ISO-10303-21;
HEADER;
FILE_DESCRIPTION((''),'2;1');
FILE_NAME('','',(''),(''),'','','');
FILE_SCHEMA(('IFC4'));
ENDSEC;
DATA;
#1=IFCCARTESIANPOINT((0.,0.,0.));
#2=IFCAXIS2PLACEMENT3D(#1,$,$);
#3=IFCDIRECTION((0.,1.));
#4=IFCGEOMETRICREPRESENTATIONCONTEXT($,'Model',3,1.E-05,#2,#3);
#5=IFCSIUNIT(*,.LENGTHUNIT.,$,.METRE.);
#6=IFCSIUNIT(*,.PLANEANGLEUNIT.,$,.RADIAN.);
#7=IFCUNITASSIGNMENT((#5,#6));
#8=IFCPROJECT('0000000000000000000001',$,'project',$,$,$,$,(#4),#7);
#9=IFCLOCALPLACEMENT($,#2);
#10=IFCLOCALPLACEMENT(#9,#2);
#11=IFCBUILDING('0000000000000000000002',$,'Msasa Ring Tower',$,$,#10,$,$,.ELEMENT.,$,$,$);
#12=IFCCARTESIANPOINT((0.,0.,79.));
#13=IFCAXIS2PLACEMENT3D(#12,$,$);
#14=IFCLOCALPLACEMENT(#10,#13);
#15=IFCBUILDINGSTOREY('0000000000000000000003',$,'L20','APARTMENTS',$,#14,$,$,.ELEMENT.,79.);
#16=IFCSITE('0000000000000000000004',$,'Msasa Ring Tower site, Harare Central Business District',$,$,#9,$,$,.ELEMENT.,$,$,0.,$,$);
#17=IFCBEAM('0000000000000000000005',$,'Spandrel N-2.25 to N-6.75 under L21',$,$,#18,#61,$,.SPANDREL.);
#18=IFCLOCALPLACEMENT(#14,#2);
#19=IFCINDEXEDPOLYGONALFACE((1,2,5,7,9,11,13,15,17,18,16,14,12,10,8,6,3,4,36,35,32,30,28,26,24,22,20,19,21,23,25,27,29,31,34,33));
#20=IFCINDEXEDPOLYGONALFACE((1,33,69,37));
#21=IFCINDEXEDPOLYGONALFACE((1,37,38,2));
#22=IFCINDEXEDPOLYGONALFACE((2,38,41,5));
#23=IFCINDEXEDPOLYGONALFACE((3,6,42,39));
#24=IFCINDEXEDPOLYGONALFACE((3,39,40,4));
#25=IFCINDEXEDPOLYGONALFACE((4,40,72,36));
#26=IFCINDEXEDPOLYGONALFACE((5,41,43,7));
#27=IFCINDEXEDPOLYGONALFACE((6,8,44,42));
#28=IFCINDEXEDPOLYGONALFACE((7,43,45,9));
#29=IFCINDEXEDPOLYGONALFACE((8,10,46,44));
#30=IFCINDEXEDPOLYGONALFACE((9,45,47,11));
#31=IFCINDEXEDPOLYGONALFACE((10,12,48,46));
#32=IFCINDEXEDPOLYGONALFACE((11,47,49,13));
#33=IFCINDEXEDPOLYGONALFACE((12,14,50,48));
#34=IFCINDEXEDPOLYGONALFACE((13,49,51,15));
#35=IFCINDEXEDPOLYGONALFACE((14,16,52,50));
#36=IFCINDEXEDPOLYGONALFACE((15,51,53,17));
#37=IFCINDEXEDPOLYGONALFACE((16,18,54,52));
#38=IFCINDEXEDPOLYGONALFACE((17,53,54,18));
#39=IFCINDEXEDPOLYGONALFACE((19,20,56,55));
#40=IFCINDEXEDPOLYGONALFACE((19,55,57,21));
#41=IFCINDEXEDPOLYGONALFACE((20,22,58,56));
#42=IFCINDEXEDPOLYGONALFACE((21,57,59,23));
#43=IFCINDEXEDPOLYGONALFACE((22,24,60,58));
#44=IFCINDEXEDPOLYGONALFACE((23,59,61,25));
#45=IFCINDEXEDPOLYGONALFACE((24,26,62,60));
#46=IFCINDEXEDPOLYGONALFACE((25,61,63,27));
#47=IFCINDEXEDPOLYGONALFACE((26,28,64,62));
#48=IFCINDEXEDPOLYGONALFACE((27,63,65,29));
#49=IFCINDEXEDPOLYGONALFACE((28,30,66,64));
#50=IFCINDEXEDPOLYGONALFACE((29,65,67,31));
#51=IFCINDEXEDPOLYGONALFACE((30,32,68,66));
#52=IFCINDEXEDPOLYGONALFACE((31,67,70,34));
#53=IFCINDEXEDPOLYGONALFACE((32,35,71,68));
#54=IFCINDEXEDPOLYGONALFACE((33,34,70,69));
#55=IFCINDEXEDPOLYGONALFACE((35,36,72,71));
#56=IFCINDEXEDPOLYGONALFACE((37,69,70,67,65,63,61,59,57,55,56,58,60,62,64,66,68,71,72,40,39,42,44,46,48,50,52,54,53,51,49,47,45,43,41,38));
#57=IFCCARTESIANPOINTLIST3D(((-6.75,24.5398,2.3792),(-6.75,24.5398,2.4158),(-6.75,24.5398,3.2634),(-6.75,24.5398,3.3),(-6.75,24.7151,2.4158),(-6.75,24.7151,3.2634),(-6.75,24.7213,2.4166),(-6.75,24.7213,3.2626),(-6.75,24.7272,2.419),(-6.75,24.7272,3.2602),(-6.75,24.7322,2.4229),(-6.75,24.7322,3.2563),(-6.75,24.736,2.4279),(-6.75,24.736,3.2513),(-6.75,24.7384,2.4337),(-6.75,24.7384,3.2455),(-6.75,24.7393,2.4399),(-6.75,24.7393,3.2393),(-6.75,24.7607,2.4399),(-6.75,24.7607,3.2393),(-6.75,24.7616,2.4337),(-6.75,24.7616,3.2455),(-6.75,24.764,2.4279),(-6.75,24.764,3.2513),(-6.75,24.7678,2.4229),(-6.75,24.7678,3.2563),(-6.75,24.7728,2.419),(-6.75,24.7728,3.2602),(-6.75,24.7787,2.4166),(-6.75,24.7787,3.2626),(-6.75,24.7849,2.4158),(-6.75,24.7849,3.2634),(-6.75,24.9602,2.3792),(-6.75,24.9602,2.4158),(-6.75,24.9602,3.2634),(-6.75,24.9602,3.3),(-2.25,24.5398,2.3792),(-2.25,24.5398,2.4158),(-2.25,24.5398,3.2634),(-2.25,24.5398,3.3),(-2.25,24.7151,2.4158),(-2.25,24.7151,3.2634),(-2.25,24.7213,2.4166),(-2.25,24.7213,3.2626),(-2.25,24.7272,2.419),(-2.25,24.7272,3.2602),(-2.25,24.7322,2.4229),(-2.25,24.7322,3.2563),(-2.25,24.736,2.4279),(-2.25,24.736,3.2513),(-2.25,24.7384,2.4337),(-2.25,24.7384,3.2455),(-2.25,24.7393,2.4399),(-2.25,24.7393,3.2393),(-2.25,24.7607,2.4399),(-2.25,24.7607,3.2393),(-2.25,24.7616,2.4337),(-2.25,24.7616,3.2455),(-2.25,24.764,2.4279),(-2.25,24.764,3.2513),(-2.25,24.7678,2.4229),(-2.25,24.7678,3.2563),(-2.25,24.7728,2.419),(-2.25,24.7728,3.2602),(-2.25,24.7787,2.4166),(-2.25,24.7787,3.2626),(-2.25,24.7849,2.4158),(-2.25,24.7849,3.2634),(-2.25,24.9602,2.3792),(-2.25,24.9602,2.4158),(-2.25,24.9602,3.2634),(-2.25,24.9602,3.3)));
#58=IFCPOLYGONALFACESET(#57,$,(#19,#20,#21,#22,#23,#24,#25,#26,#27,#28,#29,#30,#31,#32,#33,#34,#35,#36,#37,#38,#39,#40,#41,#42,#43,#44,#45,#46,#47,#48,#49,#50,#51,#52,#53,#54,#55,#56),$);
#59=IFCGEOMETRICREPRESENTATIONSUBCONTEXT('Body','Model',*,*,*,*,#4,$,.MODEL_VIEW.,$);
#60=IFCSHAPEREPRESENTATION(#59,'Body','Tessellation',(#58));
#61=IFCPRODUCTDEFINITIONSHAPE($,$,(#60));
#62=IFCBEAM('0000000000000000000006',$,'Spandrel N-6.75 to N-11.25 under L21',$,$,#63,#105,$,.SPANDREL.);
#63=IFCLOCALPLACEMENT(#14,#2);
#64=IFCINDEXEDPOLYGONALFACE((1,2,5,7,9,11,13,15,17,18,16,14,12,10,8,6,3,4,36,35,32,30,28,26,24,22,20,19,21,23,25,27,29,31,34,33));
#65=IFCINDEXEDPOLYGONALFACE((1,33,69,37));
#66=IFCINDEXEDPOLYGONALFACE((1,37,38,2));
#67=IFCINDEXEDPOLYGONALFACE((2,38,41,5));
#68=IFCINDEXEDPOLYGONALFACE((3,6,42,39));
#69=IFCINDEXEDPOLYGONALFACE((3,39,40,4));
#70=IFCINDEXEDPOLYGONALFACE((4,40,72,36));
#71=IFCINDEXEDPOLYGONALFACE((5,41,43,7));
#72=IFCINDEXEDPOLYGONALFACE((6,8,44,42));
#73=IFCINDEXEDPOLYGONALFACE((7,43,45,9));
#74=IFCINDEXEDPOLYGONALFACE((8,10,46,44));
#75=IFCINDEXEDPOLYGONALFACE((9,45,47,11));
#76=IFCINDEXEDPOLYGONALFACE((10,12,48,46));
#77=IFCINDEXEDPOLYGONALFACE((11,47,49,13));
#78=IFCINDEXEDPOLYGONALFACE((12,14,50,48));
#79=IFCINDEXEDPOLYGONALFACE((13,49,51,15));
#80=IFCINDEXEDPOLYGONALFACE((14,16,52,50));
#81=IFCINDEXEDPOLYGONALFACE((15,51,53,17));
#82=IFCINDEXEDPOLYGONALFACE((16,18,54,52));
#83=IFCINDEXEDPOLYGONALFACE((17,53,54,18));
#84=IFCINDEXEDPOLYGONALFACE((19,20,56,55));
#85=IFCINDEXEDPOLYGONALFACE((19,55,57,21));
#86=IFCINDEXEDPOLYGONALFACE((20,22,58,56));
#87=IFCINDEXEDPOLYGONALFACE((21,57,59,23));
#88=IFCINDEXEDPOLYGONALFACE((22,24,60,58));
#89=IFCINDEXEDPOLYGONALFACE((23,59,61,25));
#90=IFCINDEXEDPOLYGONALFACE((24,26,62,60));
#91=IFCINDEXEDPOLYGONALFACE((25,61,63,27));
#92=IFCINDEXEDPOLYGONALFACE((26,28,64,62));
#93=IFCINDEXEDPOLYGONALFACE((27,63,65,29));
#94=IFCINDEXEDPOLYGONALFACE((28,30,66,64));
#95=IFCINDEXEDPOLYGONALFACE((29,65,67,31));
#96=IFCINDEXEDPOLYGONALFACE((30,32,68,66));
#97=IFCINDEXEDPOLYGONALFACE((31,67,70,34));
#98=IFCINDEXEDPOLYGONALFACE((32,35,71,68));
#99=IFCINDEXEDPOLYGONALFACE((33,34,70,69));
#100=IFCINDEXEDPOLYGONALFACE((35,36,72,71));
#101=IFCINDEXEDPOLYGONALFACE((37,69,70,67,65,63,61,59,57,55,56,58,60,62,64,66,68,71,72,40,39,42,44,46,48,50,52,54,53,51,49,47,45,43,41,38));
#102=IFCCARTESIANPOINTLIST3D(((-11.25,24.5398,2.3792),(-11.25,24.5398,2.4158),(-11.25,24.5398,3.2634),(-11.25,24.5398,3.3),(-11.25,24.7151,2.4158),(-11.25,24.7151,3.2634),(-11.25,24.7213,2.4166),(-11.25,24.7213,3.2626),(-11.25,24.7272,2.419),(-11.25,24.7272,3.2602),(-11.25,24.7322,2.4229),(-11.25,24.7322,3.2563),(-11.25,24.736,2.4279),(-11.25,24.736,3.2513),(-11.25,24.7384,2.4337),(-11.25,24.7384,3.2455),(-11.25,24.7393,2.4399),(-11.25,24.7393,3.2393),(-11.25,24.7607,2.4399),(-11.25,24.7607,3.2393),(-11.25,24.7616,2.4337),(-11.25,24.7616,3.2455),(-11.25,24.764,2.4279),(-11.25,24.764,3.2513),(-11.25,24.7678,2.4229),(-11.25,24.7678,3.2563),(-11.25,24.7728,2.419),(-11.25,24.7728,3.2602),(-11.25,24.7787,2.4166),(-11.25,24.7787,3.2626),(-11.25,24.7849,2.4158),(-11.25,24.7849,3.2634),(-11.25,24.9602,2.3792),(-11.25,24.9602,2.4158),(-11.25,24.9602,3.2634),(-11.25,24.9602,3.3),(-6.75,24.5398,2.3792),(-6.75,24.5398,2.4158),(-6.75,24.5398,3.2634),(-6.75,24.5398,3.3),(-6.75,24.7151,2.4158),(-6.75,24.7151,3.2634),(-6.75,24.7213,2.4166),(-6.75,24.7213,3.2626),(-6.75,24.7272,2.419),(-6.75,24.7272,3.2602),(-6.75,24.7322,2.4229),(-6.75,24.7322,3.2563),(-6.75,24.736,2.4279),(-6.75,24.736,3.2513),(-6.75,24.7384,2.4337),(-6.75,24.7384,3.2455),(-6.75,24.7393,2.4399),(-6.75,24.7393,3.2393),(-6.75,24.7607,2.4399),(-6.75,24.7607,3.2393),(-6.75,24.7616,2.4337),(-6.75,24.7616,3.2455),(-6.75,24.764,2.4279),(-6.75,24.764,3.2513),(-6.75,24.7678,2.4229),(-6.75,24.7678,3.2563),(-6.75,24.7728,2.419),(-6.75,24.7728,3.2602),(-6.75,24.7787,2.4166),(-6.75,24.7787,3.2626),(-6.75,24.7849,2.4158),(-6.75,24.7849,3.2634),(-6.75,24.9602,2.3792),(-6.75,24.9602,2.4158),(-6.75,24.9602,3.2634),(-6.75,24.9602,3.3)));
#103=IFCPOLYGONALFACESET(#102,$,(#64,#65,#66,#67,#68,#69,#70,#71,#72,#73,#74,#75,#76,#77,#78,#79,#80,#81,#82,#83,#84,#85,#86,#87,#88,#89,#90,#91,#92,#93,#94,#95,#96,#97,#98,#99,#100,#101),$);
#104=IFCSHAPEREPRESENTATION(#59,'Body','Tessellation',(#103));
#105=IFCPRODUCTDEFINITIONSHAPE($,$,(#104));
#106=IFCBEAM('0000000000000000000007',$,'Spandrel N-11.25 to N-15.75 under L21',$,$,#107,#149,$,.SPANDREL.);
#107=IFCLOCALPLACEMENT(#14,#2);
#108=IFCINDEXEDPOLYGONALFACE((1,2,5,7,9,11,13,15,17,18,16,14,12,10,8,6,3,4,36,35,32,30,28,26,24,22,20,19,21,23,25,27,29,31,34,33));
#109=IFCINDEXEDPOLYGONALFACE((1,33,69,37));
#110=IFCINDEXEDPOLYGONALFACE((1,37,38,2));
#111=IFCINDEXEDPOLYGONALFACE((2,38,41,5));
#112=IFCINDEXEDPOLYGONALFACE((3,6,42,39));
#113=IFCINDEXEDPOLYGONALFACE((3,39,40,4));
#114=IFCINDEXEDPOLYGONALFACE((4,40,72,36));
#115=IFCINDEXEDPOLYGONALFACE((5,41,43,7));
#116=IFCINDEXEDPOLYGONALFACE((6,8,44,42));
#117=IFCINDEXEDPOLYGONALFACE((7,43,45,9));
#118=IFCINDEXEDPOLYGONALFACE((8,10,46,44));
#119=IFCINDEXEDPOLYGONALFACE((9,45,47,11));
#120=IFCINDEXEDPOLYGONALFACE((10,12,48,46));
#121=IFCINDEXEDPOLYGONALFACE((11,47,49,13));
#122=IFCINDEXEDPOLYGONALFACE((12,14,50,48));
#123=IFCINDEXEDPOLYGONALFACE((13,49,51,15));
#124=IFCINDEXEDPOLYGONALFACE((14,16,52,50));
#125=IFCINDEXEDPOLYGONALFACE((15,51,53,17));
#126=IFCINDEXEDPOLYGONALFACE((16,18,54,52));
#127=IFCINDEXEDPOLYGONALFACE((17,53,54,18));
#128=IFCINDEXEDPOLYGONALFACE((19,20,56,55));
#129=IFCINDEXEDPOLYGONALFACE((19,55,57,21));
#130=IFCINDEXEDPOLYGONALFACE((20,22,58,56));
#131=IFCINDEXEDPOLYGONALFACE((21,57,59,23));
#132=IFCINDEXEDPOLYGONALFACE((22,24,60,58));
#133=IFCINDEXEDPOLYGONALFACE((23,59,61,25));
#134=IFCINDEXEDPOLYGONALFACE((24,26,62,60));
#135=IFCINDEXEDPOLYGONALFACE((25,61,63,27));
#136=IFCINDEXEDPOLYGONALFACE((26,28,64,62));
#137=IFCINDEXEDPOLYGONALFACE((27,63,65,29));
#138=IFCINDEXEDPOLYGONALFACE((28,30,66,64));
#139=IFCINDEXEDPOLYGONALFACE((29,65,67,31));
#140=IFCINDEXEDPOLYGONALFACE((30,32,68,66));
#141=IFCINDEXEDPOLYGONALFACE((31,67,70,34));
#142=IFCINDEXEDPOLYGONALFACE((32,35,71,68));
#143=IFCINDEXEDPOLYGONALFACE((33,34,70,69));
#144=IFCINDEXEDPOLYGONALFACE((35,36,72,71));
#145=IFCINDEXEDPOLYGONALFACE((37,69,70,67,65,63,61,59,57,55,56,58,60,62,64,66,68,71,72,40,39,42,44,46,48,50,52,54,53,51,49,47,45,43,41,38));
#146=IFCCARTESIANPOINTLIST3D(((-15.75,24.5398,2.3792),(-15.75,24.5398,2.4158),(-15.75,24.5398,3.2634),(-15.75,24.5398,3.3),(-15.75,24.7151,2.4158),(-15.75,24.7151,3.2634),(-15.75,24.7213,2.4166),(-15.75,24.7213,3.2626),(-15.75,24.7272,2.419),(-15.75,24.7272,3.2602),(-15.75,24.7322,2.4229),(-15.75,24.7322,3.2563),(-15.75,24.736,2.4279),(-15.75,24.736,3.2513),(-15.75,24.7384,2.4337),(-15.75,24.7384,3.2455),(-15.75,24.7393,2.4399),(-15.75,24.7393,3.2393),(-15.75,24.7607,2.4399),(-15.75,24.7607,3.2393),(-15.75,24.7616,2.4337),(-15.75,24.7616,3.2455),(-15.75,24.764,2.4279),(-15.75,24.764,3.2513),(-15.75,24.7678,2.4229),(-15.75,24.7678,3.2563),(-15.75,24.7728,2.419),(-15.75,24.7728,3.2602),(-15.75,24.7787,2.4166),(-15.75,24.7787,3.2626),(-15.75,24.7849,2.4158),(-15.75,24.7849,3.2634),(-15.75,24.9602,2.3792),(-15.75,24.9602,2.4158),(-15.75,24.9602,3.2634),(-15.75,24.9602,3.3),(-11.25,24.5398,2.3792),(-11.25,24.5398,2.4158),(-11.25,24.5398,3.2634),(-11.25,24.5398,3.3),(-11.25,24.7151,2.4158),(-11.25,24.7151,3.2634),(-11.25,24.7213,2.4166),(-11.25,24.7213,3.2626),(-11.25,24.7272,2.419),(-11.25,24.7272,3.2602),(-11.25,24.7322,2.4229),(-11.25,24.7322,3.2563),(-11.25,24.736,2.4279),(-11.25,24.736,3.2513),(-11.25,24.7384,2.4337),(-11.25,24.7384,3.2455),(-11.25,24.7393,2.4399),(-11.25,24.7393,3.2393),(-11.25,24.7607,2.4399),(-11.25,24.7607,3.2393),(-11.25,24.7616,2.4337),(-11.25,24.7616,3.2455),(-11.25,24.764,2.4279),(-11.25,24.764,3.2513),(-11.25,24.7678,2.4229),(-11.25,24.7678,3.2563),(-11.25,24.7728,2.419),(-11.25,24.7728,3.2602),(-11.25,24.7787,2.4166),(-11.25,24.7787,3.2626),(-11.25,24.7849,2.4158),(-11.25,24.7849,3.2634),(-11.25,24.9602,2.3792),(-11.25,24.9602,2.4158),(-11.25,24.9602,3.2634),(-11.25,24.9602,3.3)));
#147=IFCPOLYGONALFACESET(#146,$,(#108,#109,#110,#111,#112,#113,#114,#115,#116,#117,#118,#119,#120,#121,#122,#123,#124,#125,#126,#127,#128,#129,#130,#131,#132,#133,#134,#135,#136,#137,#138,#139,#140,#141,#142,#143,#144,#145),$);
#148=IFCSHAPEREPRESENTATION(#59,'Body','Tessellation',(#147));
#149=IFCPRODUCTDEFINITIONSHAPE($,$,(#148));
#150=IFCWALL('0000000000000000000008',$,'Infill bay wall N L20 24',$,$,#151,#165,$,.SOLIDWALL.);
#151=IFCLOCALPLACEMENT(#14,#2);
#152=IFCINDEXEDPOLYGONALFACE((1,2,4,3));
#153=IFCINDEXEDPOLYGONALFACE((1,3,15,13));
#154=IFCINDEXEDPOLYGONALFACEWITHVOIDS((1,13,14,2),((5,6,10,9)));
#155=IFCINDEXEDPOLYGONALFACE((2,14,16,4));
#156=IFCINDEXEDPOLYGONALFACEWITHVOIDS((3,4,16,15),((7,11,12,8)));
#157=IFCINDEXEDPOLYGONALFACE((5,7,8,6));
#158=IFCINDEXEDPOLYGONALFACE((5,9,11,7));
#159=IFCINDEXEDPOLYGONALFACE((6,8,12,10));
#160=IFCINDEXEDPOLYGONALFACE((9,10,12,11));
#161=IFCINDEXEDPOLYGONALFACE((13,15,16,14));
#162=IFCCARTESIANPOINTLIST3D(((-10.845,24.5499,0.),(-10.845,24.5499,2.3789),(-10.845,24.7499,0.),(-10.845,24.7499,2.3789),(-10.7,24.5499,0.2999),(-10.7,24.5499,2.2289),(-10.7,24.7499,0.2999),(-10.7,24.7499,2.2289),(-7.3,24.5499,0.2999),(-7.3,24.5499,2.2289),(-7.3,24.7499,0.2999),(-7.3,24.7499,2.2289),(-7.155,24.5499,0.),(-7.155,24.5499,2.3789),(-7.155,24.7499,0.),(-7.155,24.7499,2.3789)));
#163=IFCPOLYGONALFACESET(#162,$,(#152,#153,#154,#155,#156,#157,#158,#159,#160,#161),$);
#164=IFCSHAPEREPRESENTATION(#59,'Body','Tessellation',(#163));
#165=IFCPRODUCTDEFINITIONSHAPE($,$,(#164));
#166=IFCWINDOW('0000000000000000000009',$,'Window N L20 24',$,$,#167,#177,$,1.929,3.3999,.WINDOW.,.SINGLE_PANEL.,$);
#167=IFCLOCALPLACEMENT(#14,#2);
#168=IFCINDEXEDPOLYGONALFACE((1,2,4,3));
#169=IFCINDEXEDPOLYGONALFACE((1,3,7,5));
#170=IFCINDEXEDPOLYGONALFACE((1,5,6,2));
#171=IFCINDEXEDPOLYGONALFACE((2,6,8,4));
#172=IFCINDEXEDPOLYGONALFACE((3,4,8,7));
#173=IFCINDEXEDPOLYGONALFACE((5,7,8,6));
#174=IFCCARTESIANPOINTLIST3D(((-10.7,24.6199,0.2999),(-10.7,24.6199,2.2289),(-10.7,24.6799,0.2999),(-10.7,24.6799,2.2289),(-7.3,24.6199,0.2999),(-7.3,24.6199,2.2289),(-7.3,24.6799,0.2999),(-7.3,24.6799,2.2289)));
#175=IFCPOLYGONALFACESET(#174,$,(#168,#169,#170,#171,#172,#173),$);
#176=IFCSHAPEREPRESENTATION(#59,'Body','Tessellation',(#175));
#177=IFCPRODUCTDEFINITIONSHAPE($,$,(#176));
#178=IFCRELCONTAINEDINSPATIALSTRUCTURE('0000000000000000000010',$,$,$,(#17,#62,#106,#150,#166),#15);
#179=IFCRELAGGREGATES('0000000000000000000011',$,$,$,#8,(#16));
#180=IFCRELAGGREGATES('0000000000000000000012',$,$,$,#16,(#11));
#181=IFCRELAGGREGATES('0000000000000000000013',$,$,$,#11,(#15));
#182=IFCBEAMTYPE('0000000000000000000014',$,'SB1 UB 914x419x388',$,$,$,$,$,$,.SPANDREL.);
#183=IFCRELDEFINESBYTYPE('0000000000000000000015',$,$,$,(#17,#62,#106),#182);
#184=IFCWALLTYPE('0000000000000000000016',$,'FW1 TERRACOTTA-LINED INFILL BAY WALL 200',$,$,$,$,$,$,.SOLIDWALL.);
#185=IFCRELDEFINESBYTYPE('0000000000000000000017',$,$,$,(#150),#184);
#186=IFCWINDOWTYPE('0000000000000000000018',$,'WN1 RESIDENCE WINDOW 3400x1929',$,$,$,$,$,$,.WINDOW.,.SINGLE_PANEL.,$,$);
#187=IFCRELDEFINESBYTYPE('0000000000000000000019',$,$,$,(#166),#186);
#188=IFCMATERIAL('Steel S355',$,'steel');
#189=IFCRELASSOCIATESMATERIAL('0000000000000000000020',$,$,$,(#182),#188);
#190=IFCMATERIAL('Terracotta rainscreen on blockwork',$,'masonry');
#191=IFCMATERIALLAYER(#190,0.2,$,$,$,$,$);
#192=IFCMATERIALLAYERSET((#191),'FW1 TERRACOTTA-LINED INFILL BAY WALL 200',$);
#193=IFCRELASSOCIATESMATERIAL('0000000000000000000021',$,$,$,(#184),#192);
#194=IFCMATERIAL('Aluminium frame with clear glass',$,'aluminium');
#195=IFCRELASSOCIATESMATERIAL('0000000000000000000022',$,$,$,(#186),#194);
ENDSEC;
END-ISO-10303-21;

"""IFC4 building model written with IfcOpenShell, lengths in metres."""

from ifc_helpers import new_model, si_unit, direction, frame, frame_2d, origin, origin_2d, place, context, subcontext, project, spatial, rectangle, i_section, extrude, material, layer, layer_set, material_profile, profile_set, type_object, element, fill, save


model = new_model("IFC4")

# Units and contexts
model_context = context("Model", 3, precision=1e-05, world=origin(), true_north=direction((0.0, 1.0)))
body_context = subcontext(model_context, "Body", "Model", "MODEL_VIEW")
ifc_project = project(units=[si_unit("LENGTHUNIT", "METRE"), si_unit("PLANEANGLEUNIT", "RADIAN")], contexts=[model_context])

# Site, building, storey
site_placement = place(None, origin())
site = spatial("IfcSite", under=ifc_project, at=site_placement, Name="Msasa Ring Tower site, Harare Central Business District", CompositionType="ELEMENT", RefElevation=0.0)
building_placement = place(site_placement, origin())
building = spatial("IfcBuilding", under=site, at=building_placement, Name="Msasa Ring Tower", CompositionType="ELEMENT")
storey_placement = place(building_placement, frame((0.0, 0.0, 79.0)))
storey = spatial("IfcBuildingStorey", under=building, at=storey_placement, Name="L20", Description="APARTMENTS", CompositionType="ELEMENT", Elevation=79.0)

# Beams
ifc_material_1 = material(Name="Steel S355", Category="steel")
ifc_material_profile_1 = material_profile(ifc_material_1, i_section(OverallWidth=0.4204, OverallDepth=0.9209, WebThickness=0.0215, FlangeThickness=0.0366, FilletRadius=0.0242, at=origin_2d()), Name="UB 914x419x388")
ifc_profile_set_1 = profile_set([ifc_material_profile_1], Name="Steel S355")
beam_type_1 = type_object("IfcBeamType", Name="SB1 UB 914x419x388", PredefinedType="SPANDREL", material=ifc_profile_set_1)
for number, where, z_axis, x_axis, name in (
    (1, (-2.25, 24.75, 2.8396), (-1.0, 0.0, 0.0), (0.0, -1.0, 0.0), "Spandrel N-2.25 to N-6.75 under L21"),
    (2, (-6.75, 24.75, 2.8396), (-1.0, 0.0, 0.0), (0.0, -1.0, 0.0), "Spandrel N-6.75 to N-11.25 under L21"),
    (3, (-11.25, 24.75, 2.8396), (-1.0, 0.0, 0.0), (0.0, -1.0, 0.0), "Spandrel N-11.25 to N-15.75 under L21"),
):
    element("IfcBeam", number, at=place(storey_placement, frame(where, z_axis=z_axis, x_axis=x_axis)), inside=storey, type_object=beam_type_1, Name=name, PredefinedType="SPANDREL", context=body_context, shape_type="SweptSolid", body=[
        extrude(i_section(OverallWidth=0.4204, OverallDepth=0.9209, WebThickness=0.0215, FlangeThickness=0.0366, FilletRadius=0.0242, at=origin_2d()), origin(), (0.0, 0.0, 1.0), 4.5),
    ])

# Wall, opening, window
ifc_material_2 = material(Name="Terracotta rainscreen on blockwork", Category="masonry")
ifc_layer_1 = layer(ifc_material_2, 0.2)
ifc_layer_set_1 = layer_set([ifc_layer_1], Name="FW1 TERRACOTTA-LINED INFILL BAY WALL 200")
wall_type_1 = type_object("IfcWallType", Name="FW1 TERRACOTTA-LINED INFILL BAY WALL 200", PredefinedType="SOLIDWALL", material=ifc_layer_set_1)
wall_1_placement = place(storey_placement, frame((-10.845, 24.6499, 0.0), z_axis=(0.0, 0.0, 1.0), x_axis=(1.0, 0.0, 0.0)))
wall_1 = element("IfcWall", 4, at=wall_1_placement, inside=storey, type_object=wall_type_1, Name="Infill bay wall N L20 24", PredefinedType="SOLIDWALL", context=body_context, shape_type="SweptSolid", body=[
    extrude(rectangle(XDim=3.6899, YDim=0.2, at=frame_2d((1.845, 0.0))), origin(), (0.0, 0.0, 1.0), 2.3789),
])
opening_1_placement = place(wall_1_placement, frame((0.145, 0.0, 0.3)))
opening_1 = element("IfcOpeningElement", 5, at=opening_1_placement, cuts=wall_1, PredefinedType="OPENING", context=body_context, shape_type="SweptSolid", body=[
    extrude(rectangle(XDim=3.3999, YDim=1.929, at=frame_2d((1.7, 0.9644))), frame((0.0, 0.1099, 0.0), z_axis=(0.0, -1.0, 0.0), x_axis=(1.0, 0.0, 0.0)), (0.0, 0.0, 1.0), 0.22),
])
ifc_material_3 = material(Name="Aluminium frame with clear glass", Category="aluminium")
window_type = type_object("IfcWindowType", Name="WN1 RESIDENCE WINDOW 3400x1929", PartitioningType="SINGLE_PANEL", PredefinedType="WINDOW", material=ifc_material_3)
window_1_placement = place(opening_1_placement, origin())
window_1 = element("IfcWindow", 6, at=window_1_placement, inside=storey, type_object=window_type, Name="Window N L20 24", OverallHeight=1.929, OverallWidth=3.3999, PartitioningType="SINGLE_PANEL", PredefinedType="WINDOW", context=body_context, shape_type="SweptSolid", body=[
    extrude(rectangle(XDim=3.3999, YDim=1.929, at=frame_2d((1.7, 0.9644))), frame((0.0, 0.03, 0.0), z_axis=(0.0, -1.0, 0.0), x_axis=(1.0, 0.0, 0.0)), (0.0, 0.0, 1.0), 0.0601),
])
fill(opening_1, window_1)

save(model, "model.ifc")
